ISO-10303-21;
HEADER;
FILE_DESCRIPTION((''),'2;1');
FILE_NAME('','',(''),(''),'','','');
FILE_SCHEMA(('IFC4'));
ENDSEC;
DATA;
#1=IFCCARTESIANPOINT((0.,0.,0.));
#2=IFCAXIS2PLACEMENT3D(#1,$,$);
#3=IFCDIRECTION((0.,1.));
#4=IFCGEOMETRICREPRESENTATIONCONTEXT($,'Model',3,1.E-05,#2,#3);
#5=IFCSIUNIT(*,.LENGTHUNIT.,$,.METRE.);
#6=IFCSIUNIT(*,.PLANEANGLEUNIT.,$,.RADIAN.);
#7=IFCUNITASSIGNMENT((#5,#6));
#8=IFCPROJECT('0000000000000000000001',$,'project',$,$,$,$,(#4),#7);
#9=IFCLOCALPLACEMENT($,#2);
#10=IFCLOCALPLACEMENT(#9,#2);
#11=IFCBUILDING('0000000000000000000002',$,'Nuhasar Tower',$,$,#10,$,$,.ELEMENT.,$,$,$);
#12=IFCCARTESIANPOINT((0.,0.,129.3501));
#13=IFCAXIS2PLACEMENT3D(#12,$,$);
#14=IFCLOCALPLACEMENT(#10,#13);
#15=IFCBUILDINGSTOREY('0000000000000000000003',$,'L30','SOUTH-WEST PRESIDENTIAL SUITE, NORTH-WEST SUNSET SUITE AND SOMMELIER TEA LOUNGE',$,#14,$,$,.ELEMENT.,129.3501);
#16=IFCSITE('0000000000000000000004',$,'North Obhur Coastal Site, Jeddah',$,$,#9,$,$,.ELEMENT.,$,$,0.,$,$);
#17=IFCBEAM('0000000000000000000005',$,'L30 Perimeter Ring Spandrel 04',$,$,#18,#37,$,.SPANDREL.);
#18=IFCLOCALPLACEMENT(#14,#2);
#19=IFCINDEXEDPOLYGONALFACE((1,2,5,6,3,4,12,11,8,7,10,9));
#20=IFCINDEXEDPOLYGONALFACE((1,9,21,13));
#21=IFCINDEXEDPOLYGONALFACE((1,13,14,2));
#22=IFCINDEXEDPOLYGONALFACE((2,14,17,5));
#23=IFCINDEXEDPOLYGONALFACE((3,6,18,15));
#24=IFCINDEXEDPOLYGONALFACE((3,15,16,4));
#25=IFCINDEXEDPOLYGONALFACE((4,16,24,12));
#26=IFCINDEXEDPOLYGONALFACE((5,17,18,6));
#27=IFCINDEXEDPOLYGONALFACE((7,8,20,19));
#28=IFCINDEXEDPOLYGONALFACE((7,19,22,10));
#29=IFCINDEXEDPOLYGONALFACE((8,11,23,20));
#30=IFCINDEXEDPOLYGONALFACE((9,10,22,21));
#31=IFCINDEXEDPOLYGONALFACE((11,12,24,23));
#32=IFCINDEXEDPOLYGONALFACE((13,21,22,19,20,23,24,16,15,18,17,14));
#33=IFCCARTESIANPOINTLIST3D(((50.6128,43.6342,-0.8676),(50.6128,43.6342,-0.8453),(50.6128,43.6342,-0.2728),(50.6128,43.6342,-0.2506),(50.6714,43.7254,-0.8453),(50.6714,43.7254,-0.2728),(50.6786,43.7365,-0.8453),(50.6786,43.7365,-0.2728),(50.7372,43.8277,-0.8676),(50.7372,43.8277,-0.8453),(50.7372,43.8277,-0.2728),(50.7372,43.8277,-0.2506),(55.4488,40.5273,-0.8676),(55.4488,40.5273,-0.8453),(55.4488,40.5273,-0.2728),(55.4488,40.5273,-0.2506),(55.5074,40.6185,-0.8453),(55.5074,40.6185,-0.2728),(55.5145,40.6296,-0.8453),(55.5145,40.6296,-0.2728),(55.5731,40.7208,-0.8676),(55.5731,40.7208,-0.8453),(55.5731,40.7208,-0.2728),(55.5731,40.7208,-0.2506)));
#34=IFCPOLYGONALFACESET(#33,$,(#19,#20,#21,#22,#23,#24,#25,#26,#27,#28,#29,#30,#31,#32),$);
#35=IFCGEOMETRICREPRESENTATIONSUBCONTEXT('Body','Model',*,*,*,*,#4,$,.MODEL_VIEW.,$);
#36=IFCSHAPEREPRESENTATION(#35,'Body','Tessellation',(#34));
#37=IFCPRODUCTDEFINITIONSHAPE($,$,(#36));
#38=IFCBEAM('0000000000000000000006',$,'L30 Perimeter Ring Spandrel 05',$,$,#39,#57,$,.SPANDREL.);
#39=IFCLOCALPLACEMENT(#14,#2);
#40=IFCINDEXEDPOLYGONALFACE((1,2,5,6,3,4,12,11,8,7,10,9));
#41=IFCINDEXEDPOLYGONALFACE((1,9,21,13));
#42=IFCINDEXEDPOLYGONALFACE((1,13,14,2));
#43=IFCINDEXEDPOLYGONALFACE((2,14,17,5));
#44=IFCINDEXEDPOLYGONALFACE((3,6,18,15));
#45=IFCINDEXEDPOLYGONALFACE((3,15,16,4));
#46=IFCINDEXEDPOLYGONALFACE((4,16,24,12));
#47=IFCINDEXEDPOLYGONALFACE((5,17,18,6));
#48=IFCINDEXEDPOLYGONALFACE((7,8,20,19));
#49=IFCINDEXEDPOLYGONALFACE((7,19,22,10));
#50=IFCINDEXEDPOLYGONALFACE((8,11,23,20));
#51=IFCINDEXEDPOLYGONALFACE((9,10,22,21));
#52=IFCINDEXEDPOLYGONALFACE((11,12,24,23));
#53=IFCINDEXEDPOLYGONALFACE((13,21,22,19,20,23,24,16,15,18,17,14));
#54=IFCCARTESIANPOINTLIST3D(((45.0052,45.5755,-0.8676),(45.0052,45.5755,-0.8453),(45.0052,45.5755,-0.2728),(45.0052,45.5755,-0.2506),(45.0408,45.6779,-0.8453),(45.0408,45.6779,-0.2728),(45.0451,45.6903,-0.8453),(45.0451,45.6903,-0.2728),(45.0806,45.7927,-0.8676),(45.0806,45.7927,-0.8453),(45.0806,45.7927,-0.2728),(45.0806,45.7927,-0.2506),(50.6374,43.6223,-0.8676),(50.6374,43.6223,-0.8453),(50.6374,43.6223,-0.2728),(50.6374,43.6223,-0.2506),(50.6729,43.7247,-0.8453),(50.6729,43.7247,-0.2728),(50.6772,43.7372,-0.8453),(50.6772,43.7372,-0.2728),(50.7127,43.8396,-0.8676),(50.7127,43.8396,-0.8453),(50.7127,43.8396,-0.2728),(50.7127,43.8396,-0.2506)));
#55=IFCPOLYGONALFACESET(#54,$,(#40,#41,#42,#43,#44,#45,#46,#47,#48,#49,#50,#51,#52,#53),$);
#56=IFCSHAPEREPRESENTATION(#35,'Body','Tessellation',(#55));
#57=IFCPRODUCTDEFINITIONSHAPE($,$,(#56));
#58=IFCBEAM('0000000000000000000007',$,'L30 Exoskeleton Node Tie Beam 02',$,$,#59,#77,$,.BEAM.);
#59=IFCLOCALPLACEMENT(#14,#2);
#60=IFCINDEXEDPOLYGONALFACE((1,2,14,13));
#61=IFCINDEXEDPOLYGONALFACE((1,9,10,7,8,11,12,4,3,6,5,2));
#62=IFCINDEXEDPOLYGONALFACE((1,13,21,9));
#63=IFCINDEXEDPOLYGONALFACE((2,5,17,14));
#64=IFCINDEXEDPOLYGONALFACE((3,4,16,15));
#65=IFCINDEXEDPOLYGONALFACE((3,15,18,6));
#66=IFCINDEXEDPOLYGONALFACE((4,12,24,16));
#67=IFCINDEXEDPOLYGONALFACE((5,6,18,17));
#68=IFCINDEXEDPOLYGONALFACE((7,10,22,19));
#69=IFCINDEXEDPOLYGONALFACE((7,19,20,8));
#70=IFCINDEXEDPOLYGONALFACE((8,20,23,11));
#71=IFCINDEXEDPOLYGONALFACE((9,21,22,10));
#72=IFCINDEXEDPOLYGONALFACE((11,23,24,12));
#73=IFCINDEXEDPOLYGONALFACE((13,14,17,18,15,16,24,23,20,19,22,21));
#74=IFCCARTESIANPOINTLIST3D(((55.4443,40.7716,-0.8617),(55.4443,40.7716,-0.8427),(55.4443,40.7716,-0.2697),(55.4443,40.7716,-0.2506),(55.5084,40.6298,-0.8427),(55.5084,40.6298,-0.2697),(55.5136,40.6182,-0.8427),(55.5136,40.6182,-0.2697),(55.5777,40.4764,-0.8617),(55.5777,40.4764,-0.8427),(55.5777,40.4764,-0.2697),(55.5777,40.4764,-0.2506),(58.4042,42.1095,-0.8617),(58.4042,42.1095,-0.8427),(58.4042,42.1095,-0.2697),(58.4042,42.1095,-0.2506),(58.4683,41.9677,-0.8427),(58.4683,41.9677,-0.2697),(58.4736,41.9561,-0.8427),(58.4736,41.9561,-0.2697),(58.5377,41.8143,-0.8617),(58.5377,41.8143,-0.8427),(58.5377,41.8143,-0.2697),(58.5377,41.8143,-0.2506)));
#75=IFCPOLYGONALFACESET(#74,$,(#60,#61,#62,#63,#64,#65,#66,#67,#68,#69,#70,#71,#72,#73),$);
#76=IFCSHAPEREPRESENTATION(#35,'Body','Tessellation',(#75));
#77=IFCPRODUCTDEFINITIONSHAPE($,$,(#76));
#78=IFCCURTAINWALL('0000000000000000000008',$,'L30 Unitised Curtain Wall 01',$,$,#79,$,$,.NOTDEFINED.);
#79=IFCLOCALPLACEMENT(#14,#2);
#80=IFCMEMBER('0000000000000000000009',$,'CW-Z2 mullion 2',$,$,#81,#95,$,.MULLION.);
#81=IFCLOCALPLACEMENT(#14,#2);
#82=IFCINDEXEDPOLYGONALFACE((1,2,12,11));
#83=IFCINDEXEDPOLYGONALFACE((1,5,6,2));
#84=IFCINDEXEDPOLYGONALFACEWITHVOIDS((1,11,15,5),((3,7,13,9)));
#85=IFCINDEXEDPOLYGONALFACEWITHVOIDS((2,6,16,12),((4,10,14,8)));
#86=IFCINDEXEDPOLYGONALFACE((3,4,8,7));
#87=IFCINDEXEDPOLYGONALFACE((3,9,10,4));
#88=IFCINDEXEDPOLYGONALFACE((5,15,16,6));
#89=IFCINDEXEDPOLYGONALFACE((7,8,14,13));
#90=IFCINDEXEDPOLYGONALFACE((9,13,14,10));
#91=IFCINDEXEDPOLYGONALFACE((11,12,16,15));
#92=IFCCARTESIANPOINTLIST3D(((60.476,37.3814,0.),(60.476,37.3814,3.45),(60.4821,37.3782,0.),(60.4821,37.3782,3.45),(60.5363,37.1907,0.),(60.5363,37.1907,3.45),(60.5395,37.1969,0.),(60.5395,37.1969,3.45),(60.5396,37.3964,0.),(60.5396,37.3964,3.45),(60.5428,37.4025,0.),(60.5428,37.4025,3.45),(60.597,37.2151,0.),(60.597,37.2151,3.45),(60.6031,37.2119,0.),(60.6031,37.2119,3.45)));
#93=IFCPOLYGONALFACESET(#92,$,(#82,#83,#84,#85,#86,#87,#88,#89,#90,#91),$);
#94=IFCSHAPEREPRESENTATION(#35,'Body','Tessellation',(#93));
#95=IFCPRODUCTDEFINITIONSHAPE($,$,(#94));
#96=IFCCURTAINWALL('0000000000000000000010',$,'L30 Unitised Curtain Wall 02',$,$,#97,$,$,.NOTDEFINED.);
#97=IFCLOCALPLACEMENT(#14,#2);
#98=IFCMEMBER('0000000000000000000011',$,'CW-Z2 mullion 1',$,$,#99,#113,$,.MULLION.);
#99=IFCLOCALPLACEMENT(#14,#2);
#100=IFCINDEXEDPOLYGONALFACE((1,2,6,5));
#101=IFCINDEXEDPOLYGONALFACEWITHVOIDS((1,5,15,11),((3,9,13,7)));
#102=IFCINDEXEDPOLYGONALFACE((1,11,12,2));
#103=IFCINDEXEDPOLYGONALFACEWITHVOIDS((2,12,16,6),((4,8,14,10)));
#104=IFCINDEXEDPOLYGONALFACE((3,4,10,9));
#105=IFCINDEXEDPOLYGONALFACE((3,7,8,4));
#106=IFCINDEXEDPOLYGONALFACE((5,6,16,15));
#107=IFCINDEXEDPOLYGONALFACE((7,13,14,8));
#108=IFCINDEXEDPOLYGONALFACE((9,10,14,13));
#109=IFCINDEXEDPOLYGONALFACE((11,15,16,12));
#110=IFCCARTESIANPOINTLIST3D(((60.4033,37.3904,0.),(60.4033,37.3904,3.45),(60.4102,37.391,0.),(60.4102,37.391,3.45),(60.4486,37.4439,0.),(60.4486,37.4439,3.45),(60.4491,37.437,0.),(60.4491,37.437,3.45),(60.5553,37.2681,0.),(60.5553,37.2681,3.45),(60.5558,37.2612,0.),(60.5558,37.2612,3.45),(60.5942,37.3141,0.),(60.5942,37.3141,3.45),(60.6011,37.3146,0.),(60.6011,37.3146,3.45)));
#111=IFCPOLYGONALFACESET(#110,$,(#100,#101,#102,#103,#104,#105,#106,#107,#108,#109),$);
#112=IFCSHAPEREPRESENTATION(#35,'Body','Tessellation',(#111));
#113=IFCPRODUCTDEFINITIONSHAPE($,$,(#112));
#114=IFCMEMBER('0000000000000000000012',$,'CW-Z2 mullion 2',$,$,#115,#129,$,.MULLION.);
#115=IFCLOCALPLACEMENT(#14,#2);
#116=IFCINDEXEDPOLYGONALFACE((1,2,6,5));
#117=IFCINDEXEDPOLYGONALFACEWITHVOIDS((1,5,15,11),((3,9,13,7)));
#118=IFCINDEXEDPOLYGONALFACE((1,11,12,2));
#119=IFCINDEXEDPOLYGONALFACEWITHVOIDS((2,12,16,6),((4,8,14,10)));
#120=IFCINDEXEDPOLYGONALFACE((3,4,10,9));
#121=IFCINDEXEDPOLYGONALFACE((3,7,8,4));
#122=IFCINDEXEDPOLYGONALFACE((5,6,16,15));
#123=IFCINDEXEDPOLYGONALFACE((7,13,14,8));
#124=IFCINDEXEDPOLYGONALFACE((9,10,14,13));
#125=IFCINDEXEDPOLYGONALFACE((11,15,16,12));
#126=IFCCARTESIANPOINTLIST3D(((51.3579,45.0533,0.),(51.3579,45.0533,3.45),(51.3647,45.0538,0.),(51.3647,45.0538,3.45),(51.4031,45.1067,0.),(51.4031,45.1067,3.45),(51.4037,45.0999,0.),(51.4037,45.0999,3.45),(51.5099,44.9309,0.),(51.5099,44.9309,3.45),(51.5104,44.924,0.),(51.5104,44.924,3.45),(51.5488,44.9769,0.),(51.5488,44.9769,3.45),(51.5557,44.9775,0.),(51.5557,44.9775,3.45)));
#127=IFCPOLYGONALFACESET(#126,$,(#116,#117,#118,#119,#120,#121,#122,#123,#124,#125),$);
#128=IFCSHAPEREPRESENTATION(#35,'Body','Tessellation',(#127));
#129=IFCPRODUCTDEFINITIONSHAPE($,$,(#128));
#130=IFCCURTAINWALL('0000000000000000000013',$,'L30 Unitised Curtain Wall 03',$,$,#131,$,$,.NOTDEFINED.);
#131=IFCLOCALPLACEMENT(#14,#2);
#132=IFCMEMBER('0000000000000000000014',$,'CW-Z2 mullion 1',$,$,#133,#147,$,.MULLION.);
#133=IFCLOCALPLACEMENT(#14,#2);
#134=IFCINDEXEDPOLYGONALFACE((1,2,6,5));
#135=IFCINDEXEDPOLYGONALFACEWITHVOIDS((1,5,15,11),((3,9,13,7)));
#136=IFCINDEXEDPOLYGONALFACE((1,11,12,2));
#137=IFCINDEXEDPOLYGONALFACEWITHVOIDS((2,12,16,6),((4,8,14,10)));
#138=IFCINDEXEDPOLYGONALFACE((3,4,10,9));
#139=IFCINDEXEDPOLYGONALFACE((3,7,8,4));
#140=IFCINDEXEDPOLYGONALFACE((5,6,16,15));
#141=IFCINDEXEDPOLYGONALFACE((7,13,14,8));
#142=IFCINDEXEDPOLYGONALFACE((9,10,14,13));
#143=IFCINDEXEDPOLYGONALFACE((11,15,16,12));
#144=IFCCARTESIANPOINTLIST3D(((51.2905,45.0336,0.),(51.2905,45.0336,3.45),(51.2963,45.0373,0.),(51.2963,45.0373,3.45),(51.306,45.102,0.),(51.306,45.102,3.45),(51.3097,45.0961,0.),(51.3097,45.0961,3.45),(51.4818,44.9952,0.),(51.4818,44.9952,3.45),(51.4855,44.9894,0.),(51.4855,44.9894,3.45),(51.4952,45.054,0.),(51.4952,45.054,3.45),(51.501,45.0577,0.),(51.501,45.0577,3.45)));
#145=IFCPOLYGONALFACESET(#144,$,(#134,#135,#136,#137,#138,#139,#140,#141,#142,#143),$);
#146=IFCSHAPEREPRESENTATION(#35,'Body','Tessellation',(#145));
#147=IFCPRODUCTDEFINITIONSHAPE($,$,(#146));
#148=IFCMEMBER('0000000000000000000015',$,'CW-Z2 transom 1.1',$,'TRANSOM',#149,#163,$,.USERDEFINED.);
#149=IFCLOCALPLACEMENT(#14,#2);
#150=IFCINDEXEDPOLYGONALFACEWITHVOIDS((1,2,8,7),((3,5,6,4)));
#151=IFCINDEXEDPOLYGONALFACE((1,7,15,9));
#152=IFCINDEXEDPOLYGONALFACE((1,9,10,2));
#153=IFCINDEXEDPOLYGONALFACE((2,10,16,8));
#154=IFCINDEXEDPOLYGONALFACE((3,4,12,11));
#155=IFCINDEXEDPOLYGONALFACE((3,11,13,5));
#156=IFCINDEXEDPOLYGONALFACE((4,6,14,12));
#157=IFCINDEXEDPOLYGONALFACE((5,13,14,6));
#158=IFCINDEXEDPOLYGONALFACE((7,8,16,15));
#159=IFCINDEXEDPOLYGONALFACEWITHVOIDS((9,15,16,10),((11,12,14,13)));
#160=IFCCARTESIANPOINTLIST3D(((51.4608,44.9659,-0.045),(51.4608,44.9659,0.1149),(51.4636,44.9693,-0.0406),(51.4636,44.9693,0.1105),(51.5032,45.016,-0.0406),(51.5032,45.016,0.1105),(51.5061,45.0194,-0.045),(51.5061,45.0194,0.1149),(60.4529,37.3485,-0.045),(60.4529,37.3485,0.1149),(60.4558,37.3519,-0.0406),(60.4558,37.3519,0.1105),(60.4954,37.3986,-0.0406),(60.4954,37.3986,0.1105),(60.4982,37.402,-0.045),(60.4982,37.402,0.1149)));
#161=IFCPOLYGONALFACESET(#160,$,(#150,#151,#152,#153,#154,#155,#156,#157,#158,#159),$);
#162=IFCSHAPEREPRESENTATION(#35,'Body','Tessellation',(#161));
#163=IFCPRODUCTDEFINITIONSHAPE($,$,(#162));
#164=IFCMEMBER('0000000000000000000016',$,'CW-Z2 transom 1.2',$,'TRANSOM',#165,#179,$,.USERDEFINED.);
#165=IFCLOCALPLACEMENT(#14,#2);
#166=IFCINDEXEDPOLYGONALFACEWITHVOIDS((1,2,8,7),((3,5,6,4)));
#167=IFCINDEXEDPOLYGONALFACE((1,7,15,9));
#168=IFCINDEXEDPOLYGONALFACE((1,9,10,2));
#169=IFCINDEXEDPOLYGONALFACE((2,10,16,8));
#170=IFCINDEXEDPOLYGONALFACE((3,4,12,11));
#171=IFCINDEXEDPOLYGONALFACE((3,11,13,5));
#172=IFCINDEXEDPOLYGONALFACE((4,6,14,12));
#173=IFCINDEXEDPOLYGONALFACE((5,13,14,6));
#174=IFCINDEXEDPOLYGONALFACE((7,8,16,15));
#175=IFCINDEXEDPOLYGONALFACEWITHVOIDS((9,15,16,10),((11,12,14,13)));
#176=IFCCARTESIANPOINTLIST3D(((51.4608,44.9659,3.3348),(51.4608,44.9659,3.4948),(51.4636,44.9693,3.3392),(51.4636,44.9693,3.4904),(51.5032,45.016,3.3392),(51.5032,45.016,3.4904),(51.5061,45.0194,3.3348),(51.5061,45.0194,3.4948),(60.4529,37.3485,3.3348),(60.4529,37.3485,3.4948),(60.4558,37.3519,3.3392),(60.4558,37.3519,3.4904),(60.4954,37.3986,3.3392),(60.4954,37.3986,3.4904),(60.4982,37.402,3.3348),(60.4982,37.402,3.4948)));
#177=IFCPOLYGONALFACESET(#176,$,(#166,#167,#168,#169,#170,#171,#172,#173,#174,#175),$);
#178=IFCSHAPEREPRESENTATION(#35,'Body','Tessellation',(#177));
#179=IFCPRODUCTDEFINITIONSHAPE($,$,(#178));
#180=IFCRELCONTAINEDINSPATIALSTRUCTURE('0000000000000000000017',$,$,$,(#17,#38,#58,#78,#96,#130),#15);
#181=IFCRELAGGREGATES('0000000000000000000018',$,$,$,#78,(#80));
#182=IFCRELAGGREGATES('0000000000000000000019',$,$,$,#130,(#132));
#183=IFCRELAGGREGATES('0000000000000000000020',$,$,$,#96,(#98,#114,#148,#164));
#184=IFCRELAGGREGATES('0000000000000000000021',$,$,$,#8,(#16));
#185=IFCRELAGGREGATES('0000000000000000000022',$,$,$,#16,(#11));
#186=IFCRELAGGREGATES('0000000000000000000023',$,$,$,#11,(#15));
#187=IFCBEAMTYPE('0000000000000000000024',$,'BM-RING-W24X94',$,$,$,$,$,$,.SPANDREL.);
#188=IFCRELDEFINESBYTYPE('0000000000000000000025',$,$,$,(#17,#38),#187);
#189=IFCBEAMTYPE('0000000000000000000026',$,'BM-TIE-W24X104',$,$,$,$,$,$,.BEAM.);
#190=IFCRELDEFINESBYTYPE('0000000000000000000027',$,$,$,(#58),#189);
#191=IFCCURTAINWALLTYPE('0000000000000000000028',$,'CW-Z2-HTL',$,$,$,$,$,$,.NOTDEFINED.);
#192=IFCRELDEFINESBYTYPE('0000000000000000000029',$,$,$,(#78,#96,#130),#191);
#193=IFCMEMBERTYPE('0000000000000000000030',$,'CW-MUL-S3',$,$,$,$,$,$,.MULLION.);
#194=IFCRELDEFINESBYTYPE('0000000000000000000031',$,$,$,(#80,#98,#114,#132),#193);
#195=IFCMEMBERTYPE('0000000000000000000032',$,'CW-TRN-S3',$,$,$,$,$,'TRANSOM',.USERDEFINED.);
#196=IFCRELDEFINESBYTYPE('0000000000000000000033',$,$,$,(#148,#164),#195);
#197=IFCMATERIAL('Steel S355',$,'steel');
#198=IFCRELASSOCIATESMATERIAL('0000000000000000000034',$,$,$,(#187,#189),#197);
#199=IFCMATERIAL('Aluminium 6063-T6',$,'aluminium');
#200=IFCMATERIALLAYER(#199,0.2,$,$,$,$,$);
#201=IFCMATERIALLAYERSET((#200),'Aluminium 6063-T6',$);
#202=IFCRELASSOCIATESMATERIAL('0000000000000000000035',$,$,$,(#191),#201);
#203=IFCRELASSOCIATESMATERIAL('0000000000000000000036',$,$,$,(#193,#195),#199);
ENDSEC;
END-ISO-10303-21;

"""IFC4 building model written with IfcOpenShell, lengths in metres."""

from ifc_helpers import new_model, si_unit, direction, frame, origin, origin_2d, place, context, subcontext, project, spatial, hollow_rectangle, i_section, extrude, material, layer, layer_set, material_profile, profile_set, type_object, element, aggregate, save


model = new_model("IFC4")

# Units and contexts
model_context = context("Model", 3, precision=1e-05, world=origin(), true_north=direction((0.0, 1.0)))
body_context = subcontext(model_context, "Body", "Model", "MODEL_VIEW")
ifc_project = project(units=[si_unit("LENGTHUNIT", "METRE"), si_unit("PLANEANGLEUNIT", "RADIAN")], contexts=[model_context])

# Site, building, storey
site_placement = place(None, origin())
site = spatial("IfcSite", under=ifc_project, at=site_placement, Name="North Obhur Coastal Site, Jeddah", CompositionType="ELEMENT", RefElevation=0.0)
building_placement = place(site_placement, origin())
building = spatial("IfcBuilding", under=site, at=building_placement, Name="Nuhasar Tower", CompositionType="ELEMENT")
storey_placement = place(building_placement, frame((0.0, 0.0, 129.3501)))
storey = spatial("IfcBuildingStorey", under=building, at=storey_placement, Name="L30", Description="SOUTH-WEST PRESIDENTIAL SUITE, NORTH-WEST SUNSET SUITE AND SOMMELIER TEA LOUNGE", CompositionType="ELEMENT", Elevation=129.3501)

# Beams
ifc_material_1 = material(Name="Steel S355", Category="steel")
ifc_material_profile_1 = material_profile(ifc_material_1, i_section(OverallWidth=0.23, OverallDepth=0.6169, WebThickness=0.0132, FlangeThickness=0.0222, at=origin_2d()), Name="W24X94")
ifc_profile_set_1 = profile_set([ifc_material_profile_1], Name="Steel S355")
beam_type_1 = type_object("IfcBeamType", Name="BM-RING-W24X94", PredefinedType="SPANDREL", material=ifc_profile_set_1)
beam_1_placement = place(storey_placement, frame((55.511, 40.624, -0.5591), z_axis=(-0.841327, 0.540526, 0.0), x_axis=(-0.540526, -0.841327, 0.0)))
element("IfcBeam", 1, at=beam_1_placement, inside=storey, type_object=beam_type_1, Name="L30 Perimeter Ring Spandrel 04", PredefinedType="SPANDREL", context=body_context, shape_type="SweptSolid", body=[
    extrude(i_section(OverallWidth=0.23, OverallDepth=0.6169, WebThickness=0.0132, FlangeThickness=0.0222, at=origin_2d()), origin(), (0.0, 0.0, 1.0), 5.748),
])
beam_2_placement = place(storey_placement, frame((50.675, 43.731, -0.5591), z_axis=(-0.944801, 0.327644, 0.0), x_axis=(-0.327644, -0.944801, 0.0)))
element("IfcBeam", 2, at=beam_2_placement, inside=storey, type_object=beam_type_1, Name="L30 Perimeter Ring Spandrel 05", PredefinedType="SPANDREL", context=body_context, shape_type="SweptSolid", body=[
    extrude(i_section(OverallWidth=0.23, OverallDepth=0.6169, WebThickness=0.0132, FlangeThickness=0.0222, at=origin_2d()), origin(), (0.0, 0.0, 1.0), 5.9612),
])
ifc_material_profile_2 = material_profile(ifc_material_1, i_section(OverallWidth=0.324, OverallDepth=0.6111, WebThickness=0.0127, FlangeThickness=0.019, at=origin_2d()), Name="W24X104")
ifc_profile_set_2 = profile_set([ifc_material_profile_2], Name="Steel S355")
beam_type_2 = type_object("IfcBeamType", Name="BM-TIE-W24X104", PredefinedType="BEAM", material=ifc_profile_set_2)
beam_3_placement = place(storey_placement, frame((55.511, 40.624, -0.5562), z_axis=(0.91124, 0.411877, 0.0), x_axis=(-0.411877, 0.91124, 0.0)))
element("IfcBeam", 3, at=beam_3_placement, inside=storey, type_object=beam_type_2, Name="L30 Exoskeleton Node Tie Beam 02", PredefinedType="BEAM", context=body_context, shape_type="SweptSolid", body=[
    extrude(i_section(OverallWidth=0.324, OverallDepth=0.6111, WebThickness=0.0127, FlangeThickness=0.019, at=origin_2d()), origin(), (0.0, 0.0, 1.0), 3.2483),
])

# Curtain wall, member
ifc_material_2 = material(Name="Aluminium 6063-T6", Category="aluminium")
ifc_layer_1 = layer(ifc_material_2, 0.2)
ifc_layer_set_1 = layer_set([ifc_layer_1], Name="Aluminium 6063-T6")
curtain_wall_type = type_object("IfcCurtainWallType", Name="CW-Z2-HTL", PredefinedType="NOTDEFINED", material=ifc_layer_set_1)
curtain_wall_1_placement = place(storey_placement, origin())
curtain_wall_1 = element("IfcCurtainWall", 4, at=curtain_wall_1_placement, inside=storey, type_object=curtain_wall_type, Name="L30 Unitised Curtain Wall 01", PredefinedType="NOTDEFINED")
ifc_material_profile_3 = material_profile(ifc_material_2, hollow_rectangle(XDim=0.0701, YDim=0.2, WallThickness=0.0049, at=origin_2d()), Name="CWM-3")
ifc_profile_set_3 = profile_set([ifc_material_profile_3], Name="Aluminium 6063-T6")
member_type_1 = type_object("IfcMemberType", Name="CW-MUL-S3", PredefinedType="MULLION", material=ifc_profile_set_3)
member_1_placement = place(storey_placement, frame((60.5396, 37.2966, 0.0), z_axis=(0.0, 0.0, 1.0), x_axis=(-0.953433, -0.301604, 0.0)))
member_1 = element("IfcMember", 5, at=member_1_placement, type_object=member_type_1, Name="CW-Z2 mullion 2", PredefinedType="MULLION", context=body_context, shape_type="SweptSolid", body=[
    extrude(hollow_rectangle(XDim=0.0701, YDim=0.2, WallThickness=0.0049, at=origin_2d()), origin(), (0.0, 0.0, 1.0), 3.45),
])
aggregate(curtain_wall_1, [member_1])

# Curtain wall, members
curtain_wall_2_placement = place(storey_placement, origin())
curtain_wall_2 = element("IfcCurtainWall", 6, at=curtain_wall_2_placement, inside=storey, type_object=curtain_wall_type, Name="L30 Unitised Curtain Wall 02", PredefinedType="NOTDEFINED")
member_2_placement = place(storey_placement, frame((60.5022, 37.3525, 0.0), z_axis=(0.0, 0.0, 1.0), x_axis=(-0.646374, -0.76302, 0.0)))
member_2 = element("IfcMember", 7, at=member_2_placement, type_object=member_type_1, Name="CW-Z2 mullion 1", PredefinedType="MULLION", context=body_context, shape_type="SweptSolid", body=[
    extrude(hollow_rectangle(XDim=0.0701, YDim=0.2, WallThickness=0.0049, at=origin_2d()), origin(), (0.0, 0.0, 1.0), 3.45),
])
member_3_placement = place(storey_placement, frame((51.4568, 45.0154, 0.0), z_axis=(0.0, 0.0, 1.0), x_axis=(-0.646374, -0.76302, 0.0)))
member_3 = element("IfcMember", 8, at=member_3_placement, type_object=member_type_1, Name="CW-Z2 mullion 2", PredefinedType="MULLION", context=body_context, shape_type="SweptSolid", body=[
    extrude(hollow_rectangle(XDim=0.0701, YDim=0.2, WallThickness=0.0049, at=origin_2d()), origin(), (0.0, 0.0, 1.0), 3.45),
])

# Curtain wall, member
curtain_wall_3_placement = place(storey_placement, origin())
curtain_wall_3 = element("IfcCurtainWall", 9, at=curtain_wall_3_placement, inside=storey, type_object=curtain_wall_type, Name="L30 Unitised Curtain Wall 03", PredefinedType="NOTDEFINED")
member_4_placement = place(storey_placement, frame((51.3958, 45.0457, 0.0), z_axis=(0.0, 0.0, 1.0), x_axis=(-0.221397, -0.975184, 0.0)))
member_4 = element("IfcMember", 10, at=member_4_placement, type_object=member_type_1, Name="CW-Z2 mullion 1", PredefinedType="MULLION", context=body_context, shape_type="SweptSolid", body=[
    extrude(hollow_rectangle(XDim=0.0701, YDim=0.2, WallThickness=0.0049, at=origin_2d()), origin(), (0.0, 0.0, 1.0), 3.45),
])

# Members
ifc_material_profile_4 = material_profile(ifc_material_2, hollow_rectangle(XDim=0.0701, YDim=0.1599, WallThickness=0.0044, at=origin_2d()), Name="CWT-3")
ifc_profile_set_4 = profile_set([ifc_material_profile_4], Name="Aluminium 6063-T6")
member_type_2 = type_object("IfcMemberType", Name="CW-TRN-S3", ElementType="TRANSOM", PredefinedType="USERDEFINED", material=ifc_profile_set_4)
member_5_placement = place(storey_placement, frame((60.4756, 37.3752, 0.0349), z_axis=(-0.763024, 0.64637, 0.0), x_axis=(-0.64637, -0.763024, 0.0)))
member_5 = element("IfcMember", 11, at=member_5_placement, type_object=member_type_2, Name="CW-Z2 transom 1.1", ObjectType="TRANSOM", PredefinedType="USERDEFINED", context=body_context, shape_type="SweptSolid", body=[
    extrude(hollow_rectangle(XDim=0.0701, YDim=0.1599, WallThickness=0.0044, at=origin_2d()), origin(), (0.0, 0.0, 1.0), 11.7849),
])
member_6_placement = place(storey_placement, frame((60.4756, 37.3752, 3.4148), z_axis=(-0.763024, 0.64637, 0.0), x_axis=(-0.64637, -0.763024, 0.0)))
member_6 = element("IfcMember", 12, at=member_6_placement, type_object=member_type_2, Name="CW-Z2 transom 1.2", ObjectType="TRANSOM", PredefinedType="USERDEFINED", context=body_context, shape_type="SweptSolid", body=[
    extrude(hollow_rectangle(XDim=0.0701, YDim=0.1599, WallThickness=0.0044, at=origin_2d()), origin(), (0.0, 0.0, 1.0), 11.7849),
])
aggregate(curtain_wall_3, [member_4])

aggregate(curtain_wall_2, [member_2, member_3, member_5, member_6])

save(model, "model.ifc")
